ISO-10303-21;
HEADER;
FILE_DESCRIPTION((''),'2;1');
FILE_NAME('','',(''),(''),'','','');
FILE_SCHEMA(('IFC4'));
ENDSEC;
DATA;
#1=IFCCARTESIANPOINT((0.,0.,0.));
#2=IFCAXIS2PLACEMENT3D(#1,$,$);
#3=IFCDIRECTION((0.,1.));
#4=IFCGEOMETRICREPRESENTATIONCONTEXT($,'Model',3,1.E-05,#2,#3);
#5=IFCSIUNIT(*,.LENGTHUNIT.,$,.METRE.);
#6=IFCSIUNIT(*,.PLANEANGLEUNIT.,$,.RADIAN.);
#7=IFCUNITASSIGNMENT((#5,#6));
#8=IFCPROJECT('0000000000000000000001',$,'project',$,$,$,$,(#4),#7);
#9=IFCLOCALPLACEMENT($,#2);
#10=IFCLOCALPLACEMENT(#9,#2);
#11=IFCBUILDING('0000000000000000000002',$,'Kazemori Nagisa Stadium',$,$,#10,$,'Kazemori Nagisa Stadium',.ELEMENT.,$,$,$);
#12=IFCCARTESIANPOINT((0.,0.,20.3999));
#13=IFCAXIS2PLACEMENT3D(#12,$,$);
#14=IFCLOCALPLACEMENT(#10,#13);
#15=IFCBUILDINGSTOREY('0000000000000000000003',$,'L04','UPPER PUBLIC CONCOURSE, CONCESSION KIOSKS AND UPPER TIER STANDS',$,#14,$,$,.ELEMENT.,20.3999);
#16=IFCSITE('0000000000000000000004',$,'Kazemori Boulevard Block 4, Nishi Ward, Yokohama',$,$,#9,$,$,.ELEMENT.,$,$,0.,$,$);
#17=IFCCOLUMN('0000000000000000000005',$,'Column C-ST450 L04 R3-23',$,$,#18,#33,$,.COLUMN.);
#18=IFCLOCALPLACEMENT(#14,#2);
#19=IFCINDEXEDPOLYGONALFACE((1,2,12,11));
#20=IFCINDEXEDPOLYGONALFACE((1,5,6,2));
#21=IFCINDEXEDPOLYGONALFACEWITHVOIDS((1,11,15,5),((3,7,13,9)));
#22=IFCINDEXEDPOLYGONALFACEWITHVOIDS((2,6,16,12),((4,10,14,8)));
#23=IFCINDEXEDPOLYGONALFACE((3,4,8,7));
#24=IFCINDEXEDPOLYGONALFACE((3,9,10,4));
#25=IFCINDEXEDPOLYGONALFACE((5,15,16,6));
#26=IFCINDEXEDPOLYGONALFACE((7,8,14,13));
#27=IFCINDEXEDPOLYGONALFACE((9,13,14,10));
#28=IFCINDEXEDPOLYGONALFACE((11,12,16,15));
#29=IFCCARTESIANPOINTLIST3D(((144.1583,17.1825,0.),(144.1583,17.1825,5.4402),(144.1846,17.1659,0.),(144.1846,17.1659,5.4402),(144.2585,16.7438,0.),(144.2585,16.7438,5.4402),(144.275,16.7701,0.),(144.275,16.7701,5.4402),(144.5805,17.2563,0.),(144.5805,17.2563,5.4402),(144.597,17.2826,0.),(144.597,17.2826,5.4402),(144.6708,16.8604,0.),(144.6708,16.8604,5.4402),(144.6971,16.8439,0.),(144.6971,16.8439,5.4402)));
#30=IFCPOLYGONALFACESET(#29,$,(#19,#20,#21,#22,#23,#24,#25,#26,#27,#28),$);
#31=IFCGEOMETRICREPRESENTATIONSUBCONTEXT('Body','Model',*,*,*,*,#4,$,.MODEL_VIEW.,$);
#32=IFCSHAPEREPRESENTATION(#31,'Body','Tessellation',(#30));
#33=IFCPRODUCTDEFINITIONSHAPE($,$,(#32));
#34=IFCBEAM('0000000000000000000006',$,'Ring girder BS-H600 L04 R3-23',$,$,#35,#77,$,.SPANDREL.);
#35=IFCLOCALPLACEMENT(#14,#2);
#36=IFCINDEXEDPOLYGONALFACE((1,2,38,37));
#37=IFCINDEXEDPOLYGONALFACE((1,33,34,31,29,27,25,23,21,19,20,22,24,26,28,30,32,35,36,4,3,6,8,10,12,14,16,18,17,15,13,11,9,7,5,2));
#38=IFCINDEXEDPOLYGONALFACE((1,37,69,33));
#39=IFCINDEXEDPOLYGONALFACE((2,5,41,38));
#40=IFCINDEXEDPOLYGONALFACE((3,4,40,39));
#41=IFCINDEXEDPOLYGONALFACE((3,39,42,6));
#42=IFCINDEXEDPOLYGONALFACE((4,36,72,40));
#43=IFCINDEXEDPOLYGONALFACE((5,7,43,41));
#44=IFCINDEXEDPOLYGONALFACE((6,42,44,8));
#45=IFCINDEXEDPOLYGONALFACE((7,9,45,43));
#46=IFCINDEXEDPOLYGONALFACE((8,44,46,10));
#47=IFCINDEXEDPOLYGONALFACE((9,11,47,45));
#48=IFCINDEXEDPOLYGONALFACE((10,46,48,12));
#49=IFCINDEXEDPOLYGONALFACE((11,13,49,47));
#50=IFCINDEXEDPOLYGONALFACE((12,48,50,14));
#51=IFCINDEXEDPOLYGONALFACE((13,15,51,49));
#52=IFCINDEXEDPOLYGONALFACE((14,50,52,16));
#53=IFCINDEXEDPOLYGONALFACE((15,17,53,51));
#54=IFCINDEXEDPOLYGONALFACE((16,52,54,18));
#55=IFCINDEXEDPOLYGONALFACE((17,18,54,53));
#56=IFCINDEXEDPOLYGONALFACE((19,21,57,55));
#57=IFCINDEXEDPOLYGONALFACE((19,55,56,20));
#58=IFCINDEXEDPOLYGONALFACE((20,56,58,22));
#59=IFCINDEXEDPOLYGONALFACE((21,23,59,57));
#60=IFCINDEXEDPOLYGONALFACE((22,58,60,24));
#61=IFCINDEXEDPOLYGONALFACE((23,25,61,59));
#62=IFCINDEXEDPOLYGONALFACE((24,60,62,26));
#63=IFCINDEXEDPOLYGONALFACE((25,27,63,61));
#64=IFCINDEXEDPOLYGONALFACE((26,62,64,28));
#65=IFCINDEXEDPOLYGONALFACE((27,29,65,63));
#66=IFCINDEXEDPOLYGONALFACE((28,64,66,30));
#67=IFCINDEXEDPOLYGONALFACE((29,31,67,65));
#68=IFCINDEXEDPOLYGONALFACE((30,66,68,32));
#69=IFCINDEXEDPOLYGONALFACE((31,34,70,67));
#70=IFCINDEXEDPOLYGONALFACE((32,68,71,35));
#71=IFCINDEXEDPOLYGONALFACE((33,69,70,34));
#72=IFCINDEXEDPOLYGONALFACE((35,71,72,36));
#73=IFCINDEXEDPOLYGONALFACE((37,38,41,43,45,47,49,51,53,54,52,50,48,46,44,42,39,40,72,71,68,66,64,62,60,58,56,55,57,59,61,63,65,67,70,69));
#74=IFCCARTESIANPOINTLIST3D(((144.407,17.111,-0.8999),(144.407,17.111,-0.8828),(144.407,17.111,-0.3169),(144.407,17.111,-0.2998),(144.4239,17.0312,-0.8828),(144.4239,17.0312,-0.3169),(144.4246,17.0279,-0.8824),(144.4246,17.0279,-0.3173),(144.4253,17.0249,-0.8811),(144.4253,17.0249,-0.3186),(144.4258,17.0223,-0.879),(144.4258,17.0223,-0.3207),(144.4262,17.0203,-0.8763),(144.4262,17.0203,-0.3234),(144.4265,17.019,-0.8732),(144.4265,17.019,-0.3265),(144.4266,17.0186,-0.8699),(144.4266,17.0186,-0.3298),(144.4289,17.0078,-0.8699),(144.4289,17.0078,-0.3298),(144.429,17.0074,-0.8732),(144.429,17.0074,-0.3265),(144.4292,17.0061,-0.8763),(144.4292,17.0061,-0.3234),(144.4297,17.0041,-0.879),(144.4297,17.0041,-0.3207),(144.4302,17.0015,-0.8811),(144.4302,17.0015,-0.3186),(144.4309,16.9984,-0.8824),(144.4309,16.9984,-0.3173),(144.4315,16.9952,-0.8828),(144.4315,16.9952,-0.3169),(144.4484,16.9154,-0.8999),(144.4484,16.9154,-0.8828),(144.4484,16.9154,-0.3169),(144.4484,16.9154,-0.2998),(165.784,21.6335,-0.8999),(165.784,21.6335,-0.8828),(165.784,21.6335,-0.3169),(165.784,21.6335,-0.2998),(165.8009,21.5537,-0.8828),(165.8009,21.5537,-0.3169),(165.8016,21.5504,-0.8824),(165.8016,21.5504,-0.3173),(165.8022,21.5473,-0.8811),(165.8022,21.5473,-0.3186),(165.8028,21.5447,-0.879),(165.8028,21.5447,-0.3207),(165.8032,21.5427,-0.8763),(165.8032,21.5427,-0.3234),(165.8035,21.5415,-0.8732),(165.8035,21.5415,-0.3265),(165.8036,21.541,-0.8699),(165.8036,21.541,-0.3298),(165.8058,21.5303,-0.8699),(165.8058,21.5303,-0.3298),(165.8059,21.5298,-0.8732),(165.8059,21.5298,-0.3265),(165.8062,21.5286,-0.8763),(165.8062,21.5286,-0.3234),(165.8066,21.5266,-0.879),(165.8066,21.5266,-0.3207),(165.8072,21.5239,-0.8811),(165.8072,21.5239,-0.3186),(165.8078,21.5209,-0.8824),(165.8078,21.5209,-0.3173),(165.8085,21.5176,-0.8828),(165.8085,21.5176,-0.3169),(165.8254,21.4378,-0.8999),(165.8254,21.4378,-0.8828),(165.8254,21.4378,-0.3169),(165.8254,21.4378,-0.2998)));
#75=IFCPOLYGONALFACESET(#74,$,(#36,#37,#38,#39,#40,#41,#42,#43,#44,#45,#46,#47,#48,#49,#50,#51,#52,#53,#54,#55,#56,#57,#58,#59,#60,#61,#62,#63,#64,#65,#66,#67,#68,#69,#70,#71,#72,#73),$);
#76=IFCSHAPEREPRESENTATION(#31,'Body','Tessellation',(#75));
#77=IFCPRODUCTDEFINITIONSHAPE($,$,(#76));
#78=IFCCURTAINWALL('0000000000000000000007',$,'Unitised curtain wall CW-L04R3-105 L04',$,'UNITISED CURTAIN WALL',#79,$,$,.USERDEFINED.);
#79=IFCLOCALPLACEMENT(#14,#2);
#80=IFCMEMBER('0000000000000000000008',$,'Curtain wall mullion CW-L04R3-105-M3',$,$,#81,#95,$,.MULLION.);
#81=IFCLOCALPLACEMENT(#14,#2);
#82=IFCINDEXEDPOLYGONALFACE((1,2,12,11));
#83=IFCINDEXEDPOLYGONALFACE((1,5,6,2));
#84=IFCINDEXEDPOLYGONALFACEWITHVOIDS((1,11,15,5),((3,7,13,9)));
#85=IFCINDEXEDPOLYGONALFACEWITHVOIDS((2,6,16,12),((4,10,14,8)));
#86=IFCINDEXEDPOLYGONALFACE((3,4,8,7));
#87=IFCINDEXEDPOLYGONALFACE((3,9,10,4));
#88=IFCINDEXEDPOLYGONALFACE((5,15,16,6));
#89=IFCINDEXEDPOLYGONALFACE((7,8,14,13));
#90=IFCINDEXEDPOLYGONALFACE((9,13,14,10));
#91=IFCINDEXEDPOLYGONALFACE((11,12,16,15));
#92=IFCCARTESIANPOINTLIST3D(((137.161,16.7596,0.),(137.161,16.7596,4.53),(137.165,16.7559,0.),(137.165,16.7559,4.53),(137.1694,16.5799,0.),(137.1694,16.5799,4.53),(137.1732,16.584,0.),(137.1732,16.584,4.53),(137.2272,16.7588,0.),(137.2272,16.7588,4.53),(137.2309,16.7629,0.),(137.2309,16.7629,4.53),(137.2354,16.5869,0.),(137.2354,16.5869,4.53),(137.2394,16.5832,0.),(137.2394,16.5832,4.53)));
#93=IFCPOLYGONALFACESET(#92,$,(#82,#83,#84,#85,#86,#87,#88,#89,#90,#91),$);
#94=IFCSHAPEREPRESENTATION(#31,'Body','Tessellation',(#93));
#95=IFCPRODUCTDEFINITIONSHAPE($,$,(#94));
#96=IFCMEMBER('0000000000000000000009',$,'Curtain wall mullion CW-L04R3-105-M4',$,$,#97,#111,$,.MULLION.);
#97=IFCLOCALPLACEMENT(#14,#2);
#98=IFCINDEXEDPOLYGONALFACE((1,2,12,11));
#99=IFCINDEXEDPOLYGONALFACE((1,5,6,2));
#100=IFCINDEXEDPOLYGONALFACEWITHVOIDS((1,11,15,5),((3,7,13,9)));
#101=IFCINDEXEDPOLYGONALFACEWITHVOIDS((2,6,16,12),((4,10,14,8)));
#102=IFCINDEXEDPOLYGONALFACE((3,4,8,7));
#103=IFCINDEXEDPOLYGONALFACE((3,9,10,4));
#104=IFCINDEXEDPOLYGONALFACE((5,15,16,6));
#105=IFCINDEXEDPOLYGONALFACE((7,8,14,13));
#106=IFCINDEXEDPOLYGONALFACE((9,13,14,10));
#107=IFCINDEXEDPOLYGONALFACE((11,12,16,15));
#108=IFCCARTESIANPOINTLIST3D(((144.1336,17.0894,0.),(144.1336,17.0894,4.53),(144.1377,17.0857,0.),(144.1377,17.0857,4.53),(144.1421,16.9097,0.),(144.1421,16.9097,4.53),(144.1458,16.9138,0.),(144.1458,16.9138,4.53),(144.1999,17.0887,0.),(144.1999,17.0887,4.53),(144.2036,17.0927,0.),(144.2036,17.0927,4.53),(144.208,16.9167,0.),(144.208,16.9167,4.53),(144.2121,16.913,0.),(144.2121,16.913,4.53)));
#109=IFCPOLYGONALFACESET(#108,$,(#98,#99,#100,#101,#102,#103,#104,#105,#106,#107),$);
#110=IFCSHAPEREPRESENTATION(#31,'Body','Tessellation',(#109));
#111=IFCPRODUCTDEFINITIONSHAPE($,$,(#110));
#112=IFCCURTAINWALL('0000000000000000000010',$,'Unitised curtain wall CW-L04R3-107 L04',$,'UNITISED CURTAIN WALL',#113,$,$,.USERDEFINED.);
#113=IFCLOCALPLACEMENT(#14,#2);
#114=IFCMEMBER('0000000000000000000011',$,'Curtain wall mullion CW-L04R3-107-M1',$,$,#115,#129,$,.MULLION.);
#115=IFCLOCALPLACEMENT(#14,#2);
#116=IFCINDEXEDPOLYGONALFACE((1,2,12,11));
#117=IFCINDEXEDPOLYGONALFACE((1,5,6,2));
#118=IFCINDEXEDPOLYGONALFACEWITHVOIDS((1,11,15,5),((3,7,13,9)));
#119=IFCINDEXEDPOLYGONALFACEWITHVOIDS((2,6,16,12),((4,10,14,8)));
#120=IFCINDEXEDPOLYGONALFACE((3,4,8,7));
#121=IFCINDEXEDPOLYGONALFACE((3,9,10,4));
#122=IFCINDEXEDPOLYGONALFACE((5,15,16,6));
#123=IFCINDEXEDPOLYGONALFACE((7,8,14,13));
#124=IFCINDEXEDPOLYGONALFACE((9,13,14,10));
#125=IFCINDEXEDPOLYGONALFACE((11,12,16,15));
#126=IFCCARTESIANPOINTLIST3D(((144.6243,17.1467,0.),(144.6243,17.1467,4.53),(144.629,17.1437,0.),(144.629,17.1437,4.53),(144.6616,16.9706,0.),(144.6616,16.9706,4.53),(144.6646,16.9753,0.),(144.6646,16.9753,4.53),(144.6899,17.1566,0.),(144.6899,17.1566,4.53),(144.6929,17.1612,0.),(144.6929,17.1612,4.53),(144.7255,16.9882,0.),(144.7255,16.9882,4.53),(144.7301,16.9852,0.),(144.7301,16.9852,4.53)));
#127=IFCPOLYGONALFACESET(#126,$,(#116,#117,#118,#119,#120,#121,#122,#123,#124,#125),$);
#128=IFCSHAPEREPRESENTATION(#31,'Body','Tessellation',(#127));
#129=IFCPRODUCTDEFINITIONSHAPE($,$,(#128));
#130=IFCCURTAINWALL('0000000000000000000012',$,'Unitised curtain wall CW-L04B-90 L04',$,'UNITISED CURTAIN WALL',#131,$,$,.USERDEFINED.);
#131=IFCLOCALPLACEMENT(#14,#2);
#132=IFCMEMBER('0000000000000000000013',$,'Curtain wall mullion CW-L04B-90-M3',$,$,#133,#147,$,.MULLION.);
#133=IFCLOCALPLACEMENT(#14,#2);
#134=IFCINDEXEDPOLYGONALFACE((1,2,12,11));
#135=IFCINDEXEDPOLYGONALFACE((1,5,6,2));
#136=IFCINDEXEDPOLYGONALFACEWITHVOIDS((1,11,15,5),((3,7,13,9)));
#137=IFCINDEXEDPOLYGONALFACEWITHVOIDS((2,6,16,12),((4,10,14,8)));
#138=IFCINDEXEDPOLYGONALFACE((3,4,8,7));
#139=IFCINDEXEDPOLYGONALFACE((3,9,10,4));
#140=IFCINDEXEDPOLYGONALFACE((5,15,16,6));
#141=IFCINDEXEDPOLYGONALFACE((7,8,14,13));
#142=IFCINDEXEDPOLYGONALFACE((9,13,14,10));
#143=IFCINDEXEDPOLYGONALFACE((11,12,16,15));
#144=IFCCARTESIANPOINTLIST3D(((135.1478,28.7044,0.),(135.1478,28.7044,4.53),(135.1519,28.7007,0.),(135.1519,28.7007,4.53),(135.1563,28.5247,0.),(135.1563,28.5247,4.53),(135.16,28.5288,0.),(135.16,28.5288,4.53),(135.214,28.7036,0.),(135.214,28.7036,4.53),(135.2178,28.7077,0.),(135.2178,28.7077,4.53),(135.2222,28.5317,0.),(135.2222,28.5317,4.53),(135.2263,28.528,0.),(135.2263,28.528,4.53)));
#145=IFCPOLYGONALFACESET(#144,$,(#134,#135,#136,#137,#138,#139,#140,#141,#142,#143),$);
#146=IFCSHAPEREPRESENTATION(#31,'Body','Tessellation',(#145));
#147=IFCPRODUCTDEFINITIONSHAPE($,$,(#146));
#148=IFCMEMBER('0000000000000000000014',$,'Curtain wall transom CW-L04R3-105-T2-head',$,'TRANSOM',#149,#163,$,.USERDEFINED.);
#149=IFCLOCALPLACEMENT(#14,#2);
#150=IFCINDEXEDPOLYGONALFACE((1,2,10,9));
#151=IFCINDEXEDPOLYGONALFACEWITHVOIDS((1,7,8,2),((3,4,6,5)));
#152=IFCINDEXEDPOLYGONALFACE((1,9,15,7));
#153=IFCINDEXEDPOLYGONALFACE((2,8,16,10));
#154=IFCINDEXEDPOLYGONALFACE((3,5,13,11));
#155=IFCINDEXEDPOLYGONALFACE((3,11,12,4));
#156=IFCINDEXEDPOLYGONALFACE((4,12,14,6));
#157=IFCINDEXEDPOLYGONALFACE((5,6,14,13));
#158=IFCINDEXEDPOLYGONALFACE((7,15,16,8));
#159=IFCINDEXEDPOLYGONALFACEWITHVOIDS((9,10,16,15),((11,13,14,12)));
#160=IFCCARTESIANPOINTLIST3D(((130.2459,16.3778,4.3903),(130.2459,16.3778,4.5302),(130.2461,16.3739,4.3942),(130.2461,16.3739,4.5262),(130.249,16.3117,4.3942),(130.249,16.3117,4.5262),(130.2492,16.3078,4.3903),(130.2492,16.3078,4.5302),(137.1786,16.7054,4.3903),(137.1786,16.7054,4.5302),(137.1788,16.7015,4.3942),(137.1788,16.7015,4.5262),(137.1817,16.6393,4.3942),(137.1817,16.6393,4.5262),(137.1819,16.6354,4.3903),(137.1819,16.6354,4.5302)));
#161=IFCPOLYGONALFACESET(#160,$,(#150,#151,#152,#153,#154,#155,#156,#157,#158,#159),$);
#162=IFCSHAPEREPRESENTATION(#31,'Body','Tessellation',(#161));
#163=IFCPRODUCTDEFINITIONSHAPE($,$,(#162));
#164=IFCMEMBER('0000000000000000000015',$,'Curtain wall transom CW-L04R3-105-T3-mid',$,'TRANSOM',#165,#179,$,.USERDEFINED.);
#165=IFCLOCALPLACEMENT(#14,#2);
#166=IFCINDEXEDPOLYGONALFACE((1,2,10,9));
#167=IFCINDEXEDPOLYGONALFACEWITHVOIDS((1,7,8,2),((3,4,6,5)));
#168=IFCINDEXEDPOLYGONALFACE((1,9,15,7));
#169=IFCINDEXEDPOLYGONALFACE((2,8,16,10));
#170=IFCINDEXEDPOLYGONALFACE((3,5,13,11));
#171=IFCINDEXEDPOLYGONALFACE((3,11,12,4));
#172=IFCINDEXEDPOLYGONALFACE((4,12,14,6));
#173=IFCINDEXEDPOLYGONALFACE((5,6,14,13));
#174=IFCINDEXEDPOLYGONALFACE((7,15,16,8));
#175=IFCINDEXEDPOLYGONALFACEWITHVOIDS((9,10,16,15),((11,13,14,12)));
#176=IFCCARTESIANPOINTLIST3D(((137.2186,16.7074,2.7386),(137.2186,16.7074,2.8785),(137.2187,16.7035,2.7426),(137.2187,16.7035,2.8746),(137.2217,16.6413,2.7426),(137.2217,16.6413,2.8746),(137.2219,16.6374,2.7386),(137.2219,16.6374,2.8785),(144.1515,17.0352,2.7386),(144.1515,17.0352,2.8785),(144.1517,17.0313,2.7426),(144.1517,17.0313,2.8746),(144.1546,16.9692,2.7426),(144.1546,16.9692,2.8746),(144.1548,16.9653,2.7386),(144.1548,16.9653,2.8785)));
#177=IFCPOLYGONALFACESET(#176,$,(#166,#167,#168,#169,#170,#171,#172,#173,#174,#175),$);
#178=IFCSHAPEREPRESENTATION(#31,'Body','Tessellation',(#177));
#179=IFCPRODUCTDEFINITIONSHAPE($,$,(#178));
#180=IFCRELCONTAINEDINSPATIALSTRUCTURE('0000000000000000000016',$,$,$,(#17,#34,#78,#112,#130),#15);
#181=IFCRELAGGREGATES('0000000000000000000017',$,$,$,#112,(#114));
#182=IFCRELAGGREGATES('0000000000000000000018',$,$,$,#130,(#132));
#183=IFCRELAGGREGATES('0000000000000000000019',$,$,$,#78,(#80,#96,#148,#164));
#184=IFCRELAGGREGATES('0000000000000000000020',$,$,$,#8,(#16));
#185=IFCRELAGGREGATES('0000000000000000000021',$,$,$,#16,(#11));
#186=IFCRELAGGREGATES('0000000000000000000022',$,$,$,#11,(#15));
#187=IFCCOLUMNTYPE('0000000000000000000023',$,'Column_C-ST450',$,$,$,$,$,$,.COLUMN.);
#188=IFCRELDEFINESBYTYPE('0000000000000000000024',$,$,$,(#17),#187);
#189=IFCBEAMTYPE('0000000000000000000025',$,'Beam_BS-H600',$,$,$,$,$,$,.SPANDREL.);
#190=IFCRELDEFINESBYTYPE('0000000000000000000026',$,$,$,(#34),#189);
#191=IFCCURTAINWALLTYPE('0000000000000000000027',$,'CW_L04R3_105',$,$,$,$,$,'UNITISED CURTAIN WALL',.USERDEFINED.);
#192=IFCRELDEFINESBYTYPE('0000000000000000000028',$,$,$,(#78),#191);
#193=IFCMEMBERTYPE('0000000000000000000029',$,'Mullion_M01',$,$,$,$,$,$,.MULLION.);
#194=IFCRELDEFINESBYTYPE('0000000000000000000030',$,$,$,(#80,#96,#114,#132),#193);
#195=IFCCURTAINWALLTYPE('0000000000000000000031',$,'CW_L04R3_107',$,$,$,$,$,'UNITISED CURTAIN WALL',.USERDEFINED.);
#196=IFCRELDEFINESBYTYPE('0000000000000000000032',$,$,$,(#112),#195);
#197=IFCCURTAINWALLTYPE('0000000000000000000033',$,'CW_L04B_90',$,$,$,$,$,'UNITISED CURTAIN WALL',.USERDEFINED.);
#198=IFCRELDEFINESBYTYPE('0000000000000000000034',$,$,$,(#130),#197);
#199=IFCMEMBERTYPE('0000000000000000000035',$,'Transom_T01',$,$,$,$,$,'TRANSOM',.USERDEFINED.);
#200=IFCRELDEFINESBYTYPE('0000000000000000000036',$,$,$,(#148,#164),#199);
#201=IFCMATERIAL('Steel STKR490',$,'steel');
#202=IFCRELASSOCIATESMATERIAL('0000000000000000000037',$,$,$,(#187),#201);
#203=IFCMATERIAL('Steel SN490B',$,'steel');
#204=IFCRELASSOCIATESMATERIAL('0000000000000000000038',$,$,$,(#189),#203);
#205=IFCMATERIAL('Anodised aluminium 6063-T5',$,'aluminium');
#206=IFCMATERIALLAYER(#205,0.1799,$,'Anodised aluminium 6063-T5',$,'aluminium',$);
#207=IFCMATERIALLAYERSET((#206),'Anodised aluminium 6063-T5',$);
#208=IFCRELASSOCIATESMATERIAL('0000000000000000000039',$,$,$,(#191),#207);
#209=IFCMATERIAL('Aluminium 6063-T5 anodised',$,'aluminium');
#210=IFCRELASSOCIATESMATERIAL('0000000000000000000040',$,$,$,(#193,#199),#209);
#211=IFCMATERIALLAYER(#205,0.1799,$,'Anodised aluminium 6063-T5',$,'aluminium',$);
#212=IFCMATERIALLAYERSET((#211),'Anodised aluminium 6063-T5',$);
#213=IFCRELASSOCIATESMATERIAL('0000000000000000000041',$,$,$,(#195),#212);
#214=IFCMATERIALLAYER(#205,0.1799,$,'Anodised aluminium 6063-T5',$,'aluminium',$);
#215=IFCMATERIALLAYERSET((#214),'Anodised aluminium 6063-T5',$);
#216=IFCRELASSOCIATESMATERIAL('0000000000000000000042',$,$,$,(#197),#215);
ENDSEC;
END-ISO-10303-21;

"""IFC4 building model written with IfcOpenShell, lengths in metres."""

from ifc_helpers import new_model, si_unit, direction, frame, origin, origin_2d, place, context, subcontext, project, spatial, hollow_rectangle, i_section, extrude, material, layer, layer_set, material_profile, profile_set, type_object, element, aggregate, save


model = new_model("IFC4")

# Units and contexts
model_context = context("Model", 3, precision=1e-05, world=origin(), true_north=direction((0.0, 1.0)))
body_context = subcontext(model_context, "Body", "Model", "MODEL_VIEW")
ifc_project = project(units=[si_unit("LENGTHUNIT", "METRE"), si_unit("PLANEANGLEUNIT", "RADIAN")], contexts=[model_context])

# Site, building, storey
site_placement = place(None, origin())
site = spatial("IfcSite", under=ifc_project, at=site_placement, Name="Kazemori Boulevard Block 4, Nishi Ward, Yokohama", CompositionType="ELEMENT", RefElevation=0.0)
building_placement = place(site_placement, origin())
building = spatial("IfcBuilding", under=site, at=building_placement, Name="Kazemori Nagisa Stadium", LongName="Kazemori Nagisa Stadium", CompositionType="ELEMENT")
storey_placement = place(building_placement, frame((0.0, 0.0, 20.3999)))
storey = spatial("IfcBuildingStorey", under=building, at=storey_placement, Name="L04", Description="UPPER PUBLIC CONCOURSE, CONCESSION KIOSKS AND UPPER TIER STANDS", CompositionType="ELEMENT", Elevation=20.3999)

# Column
ifc_material_1 = material(Name="Steel STKR490", Category="steel")
ifc_material_profile_1 = material_profile(ifc_material_1, hollow_rectangle(XDim=0.45, YDim=0.45, WallThickness=0.022, at=origin_2d()), Name="SHS-450x450x22")
ifc_profile_set_1 = profile_set([ifc_material_profile_1], Name="Steel STKR490")
column_type = type_object("IfcColumnType", Name="Column_C-ST450", PredefinedType="COLUMN", material=ifc_profile_set_1)
column_placement = place(storey_placement, frame((144.4277, 17.0132, 0.0), z_axis=(0.0, 0.0, 1.0), x_axis=(0.222521, -0.974928, 0.0)))
element("IfcColumn", 1, at=column_placement, inside=storey, type_object=column_type, Name="Column C-ST450 L04 R3-23", PredefinedType="COLUMN", context=body_context, shape_type="SweptSolid", body=[
    extrude(hollow_rectangle(XDim=0.45, YDim=0.45, WallThickness=0.022, at=origin_2d()), origin(), (0.0, 0.0, 1.0), 5.4402),
])

# Beam
ifc_material_2 = material(Name="Steel SN490B", Category="steel")
ifc_material_profile_2 = material_profile(ifc_material_2, i_section(OverallWidth=0.2, OverallDepth=0.6001, WebThickness=0.011, FlangeThickness=0.0171, FilletRadius=0.0129, at=origin_2d()), Name="H-600x200x11x17")
ifc_profile_set_2 = profile_set([ifc_material_profile_2], Name="Steel SN490B")
beam_type = type_object("IfcBeamType", Name="Beam_BS-H600", PredefinedType="SPANDREL", material=ifc_profile_set_2)
beam_placement = place(storey_placement, frame((144.4277, 17.0132, -0.5999), z_axis=(0.978346, 0.206977, 0.0), x_axis=(-0.206977, 0.978346, 0.0)))
element("IfcBeam", 2, at=beam_placement, inside=storey, type_object=beam_type, Name="Ring girder BS-H600 L04 R3-23", PredefinedType="SPANDREL", context=body_context, shape_type="SweptSolid", body=[
    extrude(i_section(OverallWidth=0.2, OverallDepth=0.6001, WebThickness=0.011, FlangeThickness=0.0171, FilletRadius=0.0129, at=origin_2d()), origin(), (0.0, 0.0, 1.0), 21.8501),
])

# Curtain wall, members
ifc_material_3 = material(Name="Anodised aluminium 6063-T5", Category="aluminium")
ifc_layer_1 = layer(ifc_material_3, 0.1799, Name="Anodised aluminium 6063-T5", Category="aluminium")
ifc_layer_set_1 = layer_set([ifc_layer_1], Name="Anodised aluminium 6063-T5")
curtain_wall_type_1 = type_object("IfcCurtainWallType", Name="CW_L04R3_105", ElementType="UNITISED CURTAIN WALL", PredefinedType="USERDEFINED", material=ifc_layer_set_1)
curtain_wall_1_placement = place(storey_placement, origin())
curtain_wall_1 = element("IfcCurtainWall", 3, at=curtain_wall_1_placement, inside=storey, type_object=curtain_wall_type_1, Name="Unitised curtain wall CW-L04R3-105 L04", ObjectType="UNITISED CURTAIN WALL", PredefinedType="USERDEFINED")
ifc_material_4 = material(Name="Aluminium 6063-T5 anodised", Category="aluminium")
ifc_material_profile_3 = material_profile(ifc_material_4, hollow_rectangle(XDim=0.0701, YDim=0.1799, WallThickness=0.0039, at=origin_2d()), Name="ALU-MULL-70x180x4")
ifc_profile_set_3 = profile_set([ifc_material_profile_3], Name="Aluminium 6063-T5 anodised")
member_type_1 = type_object("IfcMemberType", Name="Mullion_M01", PredefinedType="MULLION", material=ifc_profile_set_3)
member_1_placement = place(storey_placement, frame((137.2002, 16.6714, 0.0), z_axis=(0.0, 0.0, 1.0), x_axis=(0.998884, 0.04723, 0.0)))
member_1 = element("IfcMember", 4, at=member_1_placement, type_object=member_type_1, Name="Curtain wall mullion CW-L04R3-105-M3", PredefinedType="MULLION", context=body_context, shape_type="SweptSolid", body=[
    extrude(hollow_rectangle(XDim=0.0701, YDim=0.1799, WallThickness=0.0039, at=origin_2d()), origin(), (0.0, 0.0, 1.0), 4.53),
])
member_2_placement = place(storey_placement, frame((144.1729, 17.0012, 0.0), z_axis=(0.0, 0.0, 1.0), x_axis=(0.998884, 0.04723, 0.0)))
member_2 = element("IfcMember", 5, at=member_2_placement, type_object=member_type_1, Name="Curtain wall mullion CW-L04R3-105-M4", PredefinedType="MULLION", context=body_context, shape_type="SweptSolid", body=[
    extrude(hollow_rectangle(XDim=0.0701, YDim=0.1799, WallThickness=0.0039, at=origin_2d()), origin(), (0.0, 0.0, 1.0), 4.53),
])

# Curtain walls, members
ifc_layer_2 = layer(ifc_material_3, 0.1799, Name="Anodised aluminium 6063-T5", Category="aluminium")
ifc_layer_set_2 = layer_set([ifc_layer_2], Name="Anodised aluminium 6063-T5")
curtain_wall_type_2 = type_object("IfcCurtainWallType", Name="CW_L04R3_107", ElementType="UNITISED CURTAIN WALL", PredefinedType="USERDEFINED", material=ifc_layer_set_2)
curtain_wall_2_placement = place(storey_placement, origin())
curtain_wall_2 = element("IfcCurtainWall", 6, at=curtain_wall_2_placement, inside=storey, type_object=curtain_wall_type_2, Name="Unitised curtain wall CW-L04R3-107 L04", ObjectType="UNITISED CURTAIN WALL", PredefinedType="USERDEFINED")
member_3_placement = place(storey_placement, frame((144.6772, 17.0659, 0.0), z_axis=(0.0, 0.0, 1.0), x_axis=(0.978345, 0.206981, 0.0)))
member_3 = element("IfcMember", 7, at=member_3_placement, type_object=member_type_1, Name="Curtain wall mullion CW-L04R3-107-M1", PredefinedType="MULLION", context=body_context, shape_type="SweptSolid", body=[
    extrude(hollow_rectangle(XDim=0.0701, YDim=0.1799, WallThickness=0.0039, at=origin_2d()), origin(), (0.0, 0.0, 1.0), 4.53),
])
aggregate(curtain_wall_2, [member_3])
ifc_layer_3 = layer(ifc_material_3, 0.1799, Name="Anodised aluminium 6063-T5", Category="aluminium")
ifc_layer_set_3 = layer_set([ifc_layer_3], Name="Anodised aluminium 6063-T5")
curtain_wall_type_3 = type_object("IfcCurtainWallType", Name="CW_L04B_90", ElementType="UNITISED CURTAIN WALL", PredefinedType="USERDEFINED", material=ifc_layer_set_3)
curtain_wall_3_placement = place(storey_placement, origin())
curtain_wall_3 = element("IfcCurtainWall", 8, at=curtain_wall_3_placement, inside=storey, type_object=curtain_wall_type_3, Name="Unitised curtain wall CW-L04B-90 L04", ObjectType="UNITISED CURTAIN WALL", PredefinedType="USERDEFINED")
member_4_placement = place(storey_placement, frame((135.187, 28.6162, 0.0), z_axis=(0.0, 0.0, 1.0), x_axis=(0.998884, 0.04723, 0.0)))
member_4 = element("IfcMember", 9, at=member_4_placement, type_object=member_type_1, Name="Curtain wall mullion CW-L04B-90-M3", PredefinedType="MULLION", context=body_context, shape_type="SweptSolid", body=[
    extrude(hollow_rectangle(XDim=0.0701, YDim=0.1799, WallThickness=0.0039, at=origin_2d()), origin(), (0.0, 0.0, 1.0), 4.53),
])

# Members
ifc_material_profile_4 = material_profile(ifc_material_4, hollow_rectangle(XDim=0.0701, YDim=0.1399, WallThickness=0.0039, at=origin_2d()), Name="ALU-TRAN-70x140x4")
ifc_profile_set_4 = profile_set([ifc_material_profile_4], Name="Aluminium 6063-T5 anodised")
member_type_2 = type_object("IfcMemberType", Name="Transom_T01", ElementType="TRANSOM", PredefinedType="USERDEFINED", material=ifc_profile_set_4)
member_5_placement = place(storey_placement, frame((130.2476, 16.3428, 4.4602), z_axis=(0.998885, 0.047207, 0.0), x_axis=(-0.047207, 0.998885, 0.0)))
member_5 = element("IfcMember", 10, at=member_5_placement, type_object=member_type_2, Name="Curtain wall transom CW-L04R3-105-T2-head", ObjectType="TRANSOM", PredefinedType="USERDEFINED", context=body_context, shape_type="SweptSolid", body=[
    extrude(hollow_rectangle(XDim=0.0701, YDim=0.1399, WallThickness=0.0039, at=origin_2d()), origin(), (0.0, 0.0, 1.0), 6.9404),
])
member_6_placement = place(storey_placement, frame((137.2202, 16.6724, 2.8086), z_axis=(0.998884, 0.047241, 0.0), x_axis=(-0.047241, 0.998884, 0.0)))
member_6 = element("IfcMember", 11, at=member_6_placement, type_object=member_type_2, Name="Curtain wall transom CW-L04R3-105-T3-mid", ObjectType="TRANSOM", PredefinedType="USERDEFINED", context=body_context, shape_type="SweptSolid", body=[
    extrude(hollow_rectangle(XDim=0.0701, YDim=0.1399, WallThickness=0.0039, at=origin_2d()), origin(), (0.0, 0.0, 1.0), 6.9407),
])

aggregate(curtain_wall_3, [member_4])
aggregate(curtain_wall_1, [member_1, member_2, member_5, member_6])

save(model, "model.ifc")
